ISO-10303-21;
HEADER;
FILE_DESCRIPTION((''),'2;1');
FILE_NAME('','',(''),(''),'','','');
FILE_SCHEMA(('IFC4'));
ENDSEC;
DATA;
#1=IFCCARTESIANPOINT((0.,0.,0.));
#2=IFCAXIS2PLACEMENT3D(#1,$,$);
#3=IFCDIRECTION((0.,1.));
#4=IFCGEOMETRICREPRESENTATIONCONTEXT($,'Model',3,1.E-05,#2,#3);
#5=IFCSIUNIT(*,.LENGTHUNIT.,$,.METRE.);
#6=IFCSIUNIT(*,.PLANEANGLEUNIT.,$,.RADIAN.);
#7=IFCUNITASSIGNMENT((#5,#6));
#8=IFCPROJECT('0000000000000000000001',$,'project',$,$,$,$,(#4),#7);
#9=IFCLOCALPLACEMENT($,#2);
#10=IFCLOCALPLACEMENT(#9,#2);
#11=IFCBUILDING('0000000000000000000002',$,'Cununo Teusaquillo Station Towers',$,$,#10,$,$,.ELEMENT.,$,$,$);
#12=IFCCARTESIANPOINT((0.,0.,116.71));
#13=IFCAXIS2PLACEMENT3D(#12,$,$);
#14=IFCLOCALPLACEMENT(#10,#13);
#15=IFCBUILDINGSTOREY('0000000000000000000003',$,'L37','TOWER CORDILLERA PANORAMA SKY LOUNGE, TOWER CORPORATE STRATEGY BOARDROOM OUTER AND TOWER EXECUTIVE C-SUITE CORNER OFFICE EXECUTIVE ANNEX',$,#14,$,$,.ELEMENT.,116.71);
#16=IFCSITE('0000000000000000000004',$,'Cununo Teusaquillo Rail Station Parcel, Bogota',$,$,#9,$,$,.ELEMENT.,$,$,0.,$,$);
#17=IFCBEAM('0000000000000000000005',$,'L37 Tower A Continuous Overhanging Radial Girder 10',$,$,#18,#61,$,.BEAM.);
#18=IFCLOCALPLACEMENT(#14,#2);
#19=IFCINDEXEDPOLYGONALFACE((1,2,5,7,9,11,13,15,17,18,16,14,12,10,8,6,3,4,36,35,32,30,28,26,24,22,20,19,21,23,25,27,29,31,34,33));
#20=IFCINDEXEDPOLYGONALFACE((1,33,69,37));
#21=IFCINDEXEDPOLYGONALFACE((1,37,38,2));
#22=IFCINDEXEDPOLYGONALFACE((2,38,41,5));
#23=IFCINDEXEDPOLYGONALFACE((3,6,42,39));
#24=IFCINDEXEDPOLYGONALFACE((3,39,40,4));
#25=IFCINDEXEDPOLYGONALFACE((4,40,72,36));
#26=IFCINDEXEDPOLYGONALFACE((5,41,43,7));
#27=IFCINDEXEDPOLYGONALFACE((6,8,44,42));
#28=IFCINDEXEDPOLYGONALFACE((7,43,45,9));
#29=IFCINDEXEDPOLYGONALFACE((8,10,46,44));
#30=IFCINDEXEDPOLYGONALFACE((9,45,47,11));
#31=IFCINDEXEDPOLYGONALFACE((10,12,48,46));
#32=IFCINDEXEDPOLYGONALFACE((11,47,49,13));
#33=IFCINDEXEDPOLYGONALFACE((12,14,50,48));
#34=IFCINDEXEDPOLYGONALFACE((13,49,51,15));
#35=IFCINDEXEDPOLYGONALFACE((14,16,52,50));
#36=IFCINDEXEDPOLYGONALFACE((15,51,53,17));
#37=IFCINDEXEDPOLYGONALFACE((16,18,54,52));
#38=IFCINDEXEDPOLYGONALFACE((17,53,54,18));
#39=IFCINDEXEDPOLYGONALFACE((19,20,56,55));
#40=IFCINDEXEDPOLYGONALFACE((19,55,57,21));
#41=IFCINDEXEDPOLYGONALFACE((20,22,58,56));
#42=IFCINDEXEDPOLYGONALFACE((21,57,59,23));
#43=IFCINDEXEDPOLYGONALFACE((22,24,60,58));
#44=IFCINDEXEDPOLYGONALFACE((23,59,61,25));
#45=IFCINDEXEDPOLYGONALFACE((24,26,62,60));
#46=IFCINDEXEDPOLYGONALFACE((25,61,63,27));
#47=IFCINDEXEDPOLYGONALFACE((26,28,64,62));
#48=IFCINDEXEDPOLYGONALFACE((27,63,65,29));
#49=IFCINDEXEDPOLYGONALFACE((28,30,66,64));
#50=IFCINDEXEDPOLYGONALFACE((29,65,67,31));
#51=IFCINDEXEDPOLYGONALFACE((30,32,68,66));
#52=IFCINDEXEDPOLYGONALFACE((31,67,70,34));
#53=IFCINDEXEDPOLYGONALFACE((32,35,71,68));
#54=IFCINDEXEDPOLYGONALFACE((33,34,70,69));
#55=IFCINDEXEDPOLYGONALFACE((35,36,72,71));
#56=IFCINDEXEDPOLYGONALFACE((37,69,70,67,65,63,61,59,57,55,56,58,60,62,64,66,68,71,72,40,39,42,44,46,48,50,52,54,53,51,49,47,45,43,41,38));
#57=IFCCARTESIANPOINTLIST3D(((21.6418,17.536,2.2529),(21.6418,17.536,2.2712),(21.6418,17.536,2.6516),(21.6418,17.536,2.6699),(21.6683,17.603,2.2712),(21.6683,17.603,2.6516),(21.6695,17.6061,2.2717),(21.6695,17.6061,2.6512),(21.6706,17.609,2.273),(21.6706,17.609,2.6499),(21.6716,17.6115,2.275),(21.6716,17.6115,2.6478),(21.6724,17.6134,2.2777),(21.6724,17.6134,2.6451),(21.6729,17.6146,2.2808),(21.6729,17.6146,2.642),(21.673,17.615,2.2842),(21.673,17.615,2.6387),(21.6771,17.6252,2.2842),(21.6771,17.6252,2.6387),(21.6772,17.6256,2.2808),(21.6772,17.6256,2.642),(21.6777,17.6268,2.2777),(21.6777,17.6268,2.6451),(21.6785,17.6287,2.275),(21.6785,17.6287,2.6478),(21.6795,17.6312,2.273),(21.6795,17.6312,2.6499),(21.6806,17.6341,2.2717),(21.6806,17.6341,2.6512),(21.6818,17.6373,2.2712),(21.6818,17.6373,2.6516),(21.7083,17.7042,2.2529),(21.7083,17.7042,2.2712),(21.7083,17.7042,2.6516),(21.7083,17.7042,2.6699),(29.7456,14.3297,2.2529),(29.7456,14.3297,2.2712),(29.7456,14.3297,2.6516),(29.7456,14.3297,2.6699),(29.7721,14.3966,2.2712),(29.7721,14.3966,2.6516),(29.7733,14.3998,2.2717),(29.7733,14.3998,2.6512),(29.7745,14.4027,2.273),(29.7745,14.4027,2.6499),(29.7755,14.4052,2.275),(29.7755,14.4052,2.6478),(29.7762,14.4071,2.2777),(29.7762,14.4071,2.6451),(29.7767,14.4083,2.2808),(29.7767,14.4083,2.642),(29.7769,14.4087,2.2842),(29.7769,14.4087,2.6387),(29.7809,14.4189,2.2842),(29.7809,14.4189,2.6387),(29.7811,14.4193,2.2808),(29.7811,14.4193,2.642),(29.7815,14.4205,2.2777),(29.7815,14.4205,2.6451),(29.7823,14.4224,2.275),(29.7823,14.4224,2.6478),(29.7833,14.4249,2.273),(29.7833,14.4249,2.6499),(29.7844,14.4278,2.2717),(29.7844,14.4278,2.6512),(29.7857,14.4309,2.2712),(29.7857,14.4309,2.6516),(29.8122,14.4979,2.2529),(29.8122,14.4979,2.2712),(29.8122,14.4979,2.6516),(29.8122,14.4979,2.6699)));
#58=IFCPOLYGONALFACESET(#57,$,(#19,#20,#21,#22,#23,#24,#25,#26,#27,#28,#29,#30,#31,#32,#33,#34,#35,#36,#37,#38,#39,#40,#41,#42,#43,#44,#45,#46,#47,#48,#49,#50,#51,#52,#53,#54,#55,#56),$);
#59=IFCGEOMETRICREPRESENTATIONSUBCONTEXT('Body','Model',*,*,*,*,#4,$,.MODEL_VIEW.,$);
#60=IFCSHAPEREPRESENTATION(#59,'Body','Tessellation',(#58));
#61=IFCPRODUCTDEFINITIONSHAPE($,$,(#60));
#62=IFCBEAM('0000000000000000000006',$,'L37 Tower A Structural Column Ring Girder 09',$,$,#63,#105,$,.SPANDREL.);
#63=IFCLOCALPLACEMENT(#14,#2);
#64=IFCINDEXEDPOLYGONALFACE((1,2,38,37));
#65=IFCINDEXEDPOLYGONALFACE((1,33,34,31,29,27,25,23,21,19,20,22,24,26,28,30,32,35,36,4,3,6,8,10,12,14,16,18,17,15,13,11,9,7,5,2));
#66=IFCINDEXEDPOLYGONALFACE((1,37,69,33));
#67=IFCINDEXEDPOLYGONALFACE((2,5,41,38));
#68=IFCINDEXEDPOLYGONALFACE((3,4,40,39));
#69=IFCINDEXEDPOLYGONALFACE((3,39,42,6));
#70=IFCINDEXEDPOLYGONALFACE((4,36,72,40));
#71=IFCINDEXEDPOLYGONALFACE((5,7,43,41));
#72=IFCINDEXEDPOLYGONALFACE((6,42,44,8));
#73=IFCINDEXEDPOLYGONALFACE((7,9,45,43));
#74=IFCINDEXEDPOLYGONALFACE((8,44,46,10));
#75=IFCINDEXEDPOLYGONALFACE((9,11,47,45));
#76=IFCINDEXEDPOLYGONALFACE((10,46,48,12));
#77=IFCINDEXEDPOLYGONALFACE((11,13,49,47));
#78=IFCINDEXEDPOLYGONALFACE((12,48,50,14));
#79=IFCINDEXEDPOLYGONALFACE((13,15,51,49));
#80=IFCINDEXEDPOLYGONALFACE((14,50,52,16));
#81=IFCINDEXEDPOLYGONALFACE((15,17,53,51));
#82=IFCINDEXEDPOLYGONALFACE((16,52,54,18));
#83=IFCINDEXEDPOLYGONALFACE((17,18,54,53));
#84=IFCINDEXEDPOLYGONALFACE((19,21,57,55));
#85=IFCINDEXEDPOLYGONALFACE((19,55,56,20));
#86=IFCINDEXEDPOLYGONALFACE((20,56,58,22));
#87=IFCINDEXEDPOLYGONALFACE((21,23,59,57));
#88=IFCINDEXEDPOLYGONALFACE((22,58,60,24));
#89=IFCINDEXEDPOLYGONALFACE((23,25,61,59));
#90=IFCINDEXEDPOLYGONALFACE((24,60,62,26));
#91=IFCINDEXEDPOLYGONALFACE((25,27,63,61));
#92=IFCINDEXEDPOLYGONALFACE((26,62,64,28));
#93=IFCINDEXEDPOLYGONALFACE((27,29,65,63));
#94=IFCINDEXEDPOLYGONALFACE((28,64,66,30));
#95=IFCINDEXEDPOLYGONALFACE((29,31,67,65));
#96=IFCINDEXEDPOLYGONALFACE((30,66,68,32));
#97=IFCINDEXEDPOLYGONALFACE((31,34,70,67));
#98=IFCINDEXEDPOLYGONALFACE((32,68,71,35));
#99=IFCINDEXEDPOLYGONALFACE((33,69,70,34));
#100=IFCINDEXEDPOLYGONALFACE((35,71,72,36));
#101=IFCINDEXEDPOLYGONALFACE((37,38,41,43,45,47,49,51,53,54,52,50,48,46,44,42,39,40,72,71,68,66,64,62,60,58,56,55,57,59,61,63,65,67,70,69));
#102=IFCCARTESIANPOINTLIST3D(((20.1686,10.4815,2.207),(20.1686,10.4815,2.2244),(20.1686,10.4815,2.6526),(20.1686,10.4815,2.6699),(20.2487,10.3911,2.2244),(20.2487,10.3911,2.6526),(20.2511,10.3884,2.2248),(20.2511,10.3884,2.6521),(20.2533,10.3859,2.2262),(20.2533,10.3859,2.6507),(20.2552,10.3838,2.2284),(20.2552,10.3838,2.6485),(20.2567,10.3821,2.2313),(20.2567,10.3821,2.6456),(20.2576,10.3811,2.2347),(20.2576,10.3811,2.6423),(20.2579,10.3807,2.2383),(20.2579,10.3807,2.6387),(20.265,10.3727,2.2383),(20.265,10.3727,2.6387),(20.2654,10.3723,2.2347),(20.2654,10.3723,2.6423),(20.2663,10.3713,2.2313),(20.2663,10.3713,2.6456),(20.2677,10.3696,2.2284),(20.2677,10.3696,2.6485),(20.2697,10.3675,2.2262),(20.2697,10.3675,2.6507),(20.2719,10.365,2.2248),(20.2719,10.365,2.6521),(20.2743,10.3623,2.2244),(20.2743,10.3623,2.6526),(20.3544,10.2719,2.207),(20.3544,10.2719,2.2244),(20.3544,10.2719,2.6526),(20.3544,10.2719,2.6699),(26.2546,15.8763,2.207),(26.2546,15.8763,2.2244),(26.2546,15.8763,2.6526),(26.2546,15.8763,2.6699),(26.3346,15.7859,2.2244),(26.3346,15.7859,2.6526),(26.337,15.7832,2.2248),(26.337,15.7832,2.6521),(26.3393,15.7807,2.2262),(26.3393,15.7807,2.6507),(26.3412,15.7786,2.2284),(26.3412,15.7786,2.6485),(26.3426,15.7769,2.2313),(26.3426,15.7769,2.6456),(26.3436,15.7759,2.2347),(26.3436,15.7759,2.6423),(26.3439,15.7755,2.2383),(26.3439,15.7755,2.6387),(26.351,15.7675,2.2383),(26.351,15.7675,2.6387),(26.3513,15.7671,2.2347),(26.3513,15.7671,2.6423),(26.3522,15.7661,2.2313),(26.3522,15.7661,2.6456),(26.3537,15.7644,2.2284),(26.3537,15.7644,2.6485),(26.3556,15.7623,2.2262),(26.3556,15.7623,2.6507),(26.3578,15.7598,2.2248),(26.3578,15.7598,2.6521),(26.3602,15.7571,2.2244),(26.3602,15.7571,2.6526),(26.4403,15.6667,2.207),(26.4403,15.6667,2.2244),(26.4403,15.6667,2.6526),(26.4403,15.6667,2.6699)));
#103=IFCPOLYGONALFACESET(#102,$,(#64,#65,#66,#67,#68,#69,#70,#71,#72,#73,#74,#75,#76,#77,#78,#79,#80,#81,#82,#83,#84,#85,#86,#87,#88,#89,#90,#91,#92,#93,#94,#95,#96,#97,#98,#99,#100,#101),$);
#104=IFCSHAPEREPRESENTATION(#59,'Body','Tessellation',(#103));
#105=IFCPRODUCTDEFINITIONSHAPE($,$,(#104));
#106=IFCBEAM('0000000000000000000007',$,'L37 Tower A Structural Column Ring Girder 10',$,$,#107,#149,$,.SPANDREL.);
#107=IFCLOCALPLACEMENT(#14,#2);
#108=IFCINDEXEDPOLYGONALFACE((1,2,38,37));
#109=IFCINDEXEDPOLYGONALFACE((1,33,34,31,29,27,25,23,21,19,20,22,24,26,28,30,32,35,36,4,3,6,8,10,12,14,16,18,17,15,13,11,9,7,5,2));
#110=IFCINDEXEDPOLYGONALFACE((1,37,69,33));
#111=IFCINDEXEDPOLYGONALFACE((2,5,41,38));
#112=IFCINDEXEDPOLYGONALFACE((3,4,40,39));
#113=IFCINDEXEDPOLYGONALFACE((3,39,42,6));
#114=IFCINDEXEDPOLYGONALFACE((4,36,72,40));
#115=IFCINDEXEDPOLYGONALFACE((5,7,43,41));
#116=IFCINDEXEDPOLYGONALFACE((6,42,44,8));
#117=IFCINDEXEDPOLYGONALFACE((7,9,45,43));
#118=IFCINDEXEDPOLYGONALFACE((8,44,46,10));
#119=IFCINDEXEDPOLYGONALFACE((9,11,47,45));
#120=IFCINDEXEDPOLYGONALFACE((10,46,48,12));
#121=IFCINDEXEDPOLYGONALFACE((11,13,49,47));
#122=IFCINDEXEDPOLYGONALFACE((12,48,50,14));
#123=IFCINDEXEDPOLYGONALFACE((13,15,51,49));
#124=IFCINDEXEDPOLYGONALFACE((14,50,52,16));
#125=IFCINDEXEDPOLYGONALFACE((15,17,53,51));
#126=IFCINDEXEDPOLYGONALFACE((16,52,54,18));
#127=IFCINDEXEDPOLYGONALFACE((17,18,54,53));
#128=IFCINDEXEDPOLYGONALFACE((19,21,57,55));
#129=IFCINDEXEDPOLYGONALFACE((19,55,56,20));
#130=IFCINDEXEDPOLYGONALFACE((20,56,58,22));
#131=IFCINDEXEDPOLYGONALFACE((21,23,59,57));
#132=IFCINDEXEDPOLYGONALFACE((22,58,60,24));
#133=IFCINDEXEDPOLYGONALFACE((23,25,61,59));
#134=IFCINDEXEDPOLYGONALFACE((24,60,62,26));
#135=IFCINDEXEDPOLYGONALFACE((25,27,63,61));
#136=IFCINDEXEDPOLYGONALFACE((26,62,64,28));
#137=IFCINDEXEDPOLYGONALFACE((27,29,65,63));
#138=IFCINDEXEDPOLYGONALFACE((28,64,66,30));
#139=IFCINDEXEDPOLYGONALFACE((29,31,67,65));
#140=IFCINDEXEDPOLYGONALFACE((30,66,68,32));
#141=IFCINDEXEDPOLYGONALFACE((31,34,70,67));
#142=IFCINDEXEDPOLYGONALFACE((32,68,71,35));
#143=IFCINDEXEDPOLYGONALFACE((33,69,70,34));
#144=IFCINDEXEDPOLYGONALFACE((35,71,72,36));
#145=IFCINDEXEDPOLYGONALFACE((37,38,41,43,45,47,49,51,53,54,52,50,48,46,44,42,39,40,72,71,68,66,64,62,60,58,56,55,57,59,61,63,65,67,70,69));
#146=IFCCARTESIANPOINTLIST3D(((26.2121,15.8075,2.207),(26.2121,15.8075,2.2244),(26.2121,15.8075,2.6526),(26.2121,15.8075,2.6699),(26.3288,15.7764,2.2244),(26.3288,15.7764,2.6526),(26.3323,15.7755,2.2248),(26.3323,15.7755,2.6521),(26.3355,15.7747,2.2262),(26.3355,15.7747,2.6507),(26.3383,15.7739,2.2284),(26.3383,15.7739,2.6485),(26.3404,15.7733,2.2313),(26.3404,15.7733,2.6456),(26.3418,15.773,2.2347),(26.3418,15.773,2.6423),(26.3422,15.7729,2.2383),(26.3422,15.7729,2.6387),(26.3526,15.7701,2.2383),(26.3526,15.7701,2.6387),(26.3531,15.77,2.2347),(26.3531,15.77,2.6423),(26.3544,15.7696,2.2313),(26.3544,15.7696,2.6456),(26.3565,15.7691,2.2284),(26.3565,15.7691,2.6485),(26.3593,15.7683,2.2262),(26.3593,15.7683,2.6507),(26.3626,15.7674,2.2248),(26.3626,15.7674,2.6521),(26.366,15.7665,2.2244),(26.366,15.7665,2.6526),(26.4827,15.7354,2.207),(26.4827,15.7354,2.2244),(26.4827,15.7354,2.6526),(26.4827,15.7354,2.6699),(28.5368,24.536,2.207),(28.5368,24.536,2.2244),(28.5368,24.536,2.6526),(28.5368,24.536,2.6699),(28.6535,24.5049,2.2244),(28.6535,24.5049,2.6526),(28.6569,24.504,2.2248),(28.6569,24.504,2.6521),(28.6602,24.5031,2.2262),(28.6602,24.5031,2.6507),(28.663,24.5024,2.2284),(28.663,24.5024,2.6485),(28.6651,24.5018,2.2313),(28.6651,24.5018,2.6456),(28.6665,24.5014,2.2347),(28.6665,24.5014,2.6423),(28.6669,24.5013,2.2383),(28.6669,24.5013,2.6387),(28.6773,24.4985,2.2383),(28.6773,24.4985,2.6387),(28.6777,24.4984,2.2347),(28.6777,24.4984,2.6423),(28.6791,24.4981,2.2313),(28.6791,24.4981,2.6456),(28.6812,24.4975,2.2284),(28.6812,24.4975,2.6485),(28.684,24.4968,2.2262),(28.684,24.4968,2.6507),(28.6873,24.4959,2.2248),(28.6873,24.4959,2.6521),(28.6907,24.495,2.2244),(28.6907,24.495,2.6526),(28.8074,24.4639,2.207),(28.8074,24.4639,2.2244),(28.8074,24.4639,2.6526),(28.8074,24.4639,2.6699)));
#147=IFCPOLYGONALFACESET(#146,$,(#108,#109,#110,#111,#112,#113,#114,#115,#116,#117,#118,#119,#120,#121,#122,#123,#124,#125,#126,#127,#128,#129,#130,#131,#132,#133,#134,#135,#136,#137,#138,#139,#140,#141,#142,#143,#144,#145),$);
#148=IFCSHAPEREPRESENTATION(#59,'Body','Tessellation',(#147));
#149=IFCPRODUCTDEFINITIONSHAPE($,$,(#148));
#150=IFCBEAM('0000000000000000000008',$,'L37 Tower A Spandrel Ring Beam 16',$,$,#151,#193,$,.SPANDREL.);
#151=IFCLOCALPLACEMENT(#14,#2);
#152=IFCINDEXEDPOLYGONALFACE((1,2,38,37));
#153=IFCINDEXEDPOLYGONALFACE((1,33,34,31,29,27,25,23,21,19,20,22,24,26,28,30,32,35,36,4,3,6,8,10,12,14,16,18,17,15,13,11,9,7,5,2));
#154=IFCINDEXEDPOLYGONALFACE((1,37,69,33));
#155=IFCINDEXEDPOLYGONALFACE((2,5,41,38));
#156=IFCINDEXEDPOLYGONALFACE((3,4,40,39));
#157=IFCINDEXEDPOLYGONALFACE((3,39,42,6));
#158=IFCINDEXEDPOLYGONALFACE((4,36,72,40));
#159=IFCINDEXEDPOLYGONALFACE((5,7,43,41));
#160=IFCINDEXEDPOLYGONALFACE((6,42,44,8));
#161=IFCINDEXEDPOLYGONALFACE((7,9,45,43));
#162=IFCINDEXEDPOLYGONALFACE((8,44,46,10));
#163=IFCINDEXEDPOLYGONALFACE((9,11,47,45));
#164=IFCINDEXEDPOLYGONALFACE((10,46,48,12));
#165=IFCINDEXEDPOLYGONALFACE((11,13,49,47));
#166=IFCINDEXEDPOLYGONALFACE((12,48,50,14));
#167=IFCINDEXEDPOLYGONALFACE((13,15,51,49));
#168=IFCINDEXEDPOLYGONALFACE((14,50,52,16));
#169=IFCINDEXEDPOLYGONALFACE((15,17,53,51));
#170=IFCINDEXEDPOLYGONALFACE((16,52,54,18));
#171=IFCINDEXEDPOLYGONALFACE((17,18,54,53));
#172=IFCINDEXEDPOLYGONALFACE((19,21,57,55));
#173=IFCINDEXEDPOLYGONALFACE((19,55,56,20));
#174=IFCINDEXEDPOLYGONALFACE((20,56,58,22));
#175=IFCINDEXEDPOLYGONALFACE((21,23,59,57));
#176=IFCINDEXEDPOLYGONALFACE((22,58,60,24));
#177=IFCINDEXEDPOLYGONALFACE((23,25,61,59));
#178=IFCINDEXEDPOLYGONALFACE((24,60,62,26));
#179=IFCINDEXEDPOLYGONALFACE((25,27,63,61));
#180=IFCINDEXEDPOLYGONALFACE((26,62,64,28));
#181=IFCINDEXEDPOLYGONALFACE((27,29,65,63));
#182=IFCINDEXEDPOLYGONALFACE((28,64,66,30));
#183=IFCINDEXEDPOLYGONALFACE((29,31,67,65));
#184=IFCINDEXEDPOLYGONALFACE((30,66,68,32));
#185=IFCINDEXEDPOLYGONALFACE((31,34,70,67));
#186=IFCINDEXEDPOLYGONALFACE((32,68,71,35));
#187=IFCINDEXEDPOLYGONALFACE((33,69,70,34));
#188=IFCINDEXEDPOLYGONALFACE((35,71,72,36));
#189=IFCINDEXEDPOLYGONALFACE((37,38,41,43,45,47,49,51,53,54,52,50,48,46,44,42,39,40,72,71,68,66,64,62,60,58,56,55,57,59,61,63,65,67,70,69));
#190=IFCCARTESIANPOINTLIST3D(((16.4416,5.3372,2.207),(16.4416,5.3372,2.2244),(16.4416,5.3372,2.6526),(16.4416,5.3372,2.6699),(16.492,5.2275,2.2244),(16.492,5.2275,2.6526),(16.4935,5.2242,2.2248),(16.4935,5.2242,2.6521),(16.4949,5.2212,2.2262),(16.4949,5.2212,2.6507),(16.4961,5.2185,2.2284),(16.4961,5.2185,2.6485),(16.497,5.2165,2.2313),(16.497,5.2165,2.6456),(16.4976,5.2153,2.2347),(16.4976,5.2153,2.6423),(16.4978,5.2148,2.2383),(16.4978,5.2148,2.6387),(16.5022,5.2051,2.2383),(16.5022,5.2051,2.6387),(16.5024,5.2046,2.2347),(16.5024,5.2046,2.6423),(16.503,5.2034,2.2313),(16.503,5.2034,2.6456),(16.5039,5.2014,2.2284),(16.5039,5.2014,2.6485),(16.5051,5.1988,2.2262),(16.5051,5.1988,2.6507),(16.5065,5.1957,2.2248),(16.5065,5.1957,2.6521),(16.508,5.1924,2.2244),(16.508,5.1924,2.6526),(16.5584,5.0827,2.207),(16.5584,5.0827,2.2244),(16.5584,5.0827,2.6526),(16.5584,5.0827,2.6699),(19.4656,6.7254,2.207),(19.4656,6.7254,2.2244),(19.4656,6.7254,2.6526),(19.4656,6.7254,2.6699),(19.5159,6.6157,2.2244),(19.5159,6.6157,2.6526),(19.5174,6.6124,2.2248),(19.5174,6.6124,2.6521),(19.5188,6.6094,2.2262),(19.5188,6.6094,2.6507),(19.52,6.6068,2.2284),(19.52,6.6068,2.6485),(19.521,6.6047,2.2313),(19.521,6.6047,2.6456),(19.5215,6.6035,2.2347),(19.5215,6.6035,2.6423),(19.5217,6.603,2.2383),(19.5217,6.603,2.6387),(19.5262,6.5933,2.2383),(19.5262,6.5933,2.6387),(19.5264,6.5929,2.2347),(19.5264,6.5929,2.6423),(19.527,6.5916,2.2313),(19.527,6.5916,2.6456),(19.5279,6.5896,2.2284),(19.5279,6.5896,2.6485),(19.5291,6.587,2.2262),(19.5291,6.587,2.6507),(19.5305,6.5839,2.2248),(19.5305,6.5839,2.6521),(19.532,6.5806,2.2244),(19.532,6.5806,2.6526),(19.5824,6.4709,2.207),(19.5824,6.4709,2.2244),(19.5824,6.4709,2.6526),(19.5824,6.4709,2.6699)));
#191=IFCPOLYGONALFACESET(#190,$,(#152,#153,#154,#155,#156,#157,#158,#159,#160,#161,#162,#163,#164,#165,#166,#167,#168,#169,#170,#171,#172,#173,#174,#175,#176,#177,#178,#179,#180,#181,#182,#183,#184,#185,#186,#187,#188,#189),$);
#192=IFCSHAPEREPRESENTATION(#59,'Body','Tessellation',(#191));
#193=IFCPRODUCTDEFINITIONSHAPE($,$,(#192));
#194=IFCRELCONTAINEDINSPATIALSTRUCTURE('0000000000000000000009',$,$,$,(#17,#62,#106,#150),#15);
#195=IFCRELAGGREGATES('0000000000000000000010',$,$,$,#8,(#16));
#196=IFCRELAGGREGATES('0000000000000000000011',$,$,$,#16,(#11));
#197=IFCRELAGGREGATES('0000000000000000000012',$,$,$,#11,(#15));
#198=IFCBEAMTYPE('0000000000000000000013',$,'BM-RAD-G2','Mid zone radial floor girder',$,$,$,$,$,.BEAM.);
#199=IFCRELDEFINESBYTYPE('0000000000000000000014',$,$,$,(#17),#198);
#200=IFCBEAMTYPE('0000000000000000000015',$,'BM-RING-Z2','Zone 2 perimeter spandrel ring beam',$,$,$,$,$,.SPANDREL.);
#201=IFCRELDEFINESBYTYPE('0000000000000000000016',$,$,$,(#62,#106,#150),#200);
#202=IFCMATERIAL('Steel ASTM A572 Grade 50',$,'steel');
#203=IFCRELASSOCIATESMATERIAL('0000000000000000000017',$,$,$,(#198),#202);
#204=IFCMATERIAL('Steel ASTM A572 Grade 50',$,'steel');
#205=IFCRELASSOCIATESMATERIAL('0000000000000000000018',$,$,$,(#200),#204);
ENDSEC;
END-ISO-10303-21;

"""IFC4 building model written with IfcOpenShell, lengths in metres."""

from ifc_helpers import new_model, si_unit, direction, frame, origin, origin_2d, place, context, subcontext, project, spatial, i_section, extrude, material, material_profile, profile_set, type_object, element, save


model = new_model("IFC4")

# Units and contexts
model_context = context("Model", 3, precision=1e-05, world=origin(), true_north=direction((0.0, 1.0)))
body_context = subcontext(model_context, "Body", "Model", "MODEL_VIEW")
ifc_project = project(units=[si_unit("LENGTHUNIT", "METRE"), si_unit("PLANEANGLEUNIT", "RADIAN")], contexts=[model_context])

# Site, building, storey
site_placement = place(None, origin())
site = spatial("IfcSite", under=ifc_project, at=site_placement, Name="Cununo Teusaquillo Rail Station Parcel, Bogota", CompositionType="ELEMENT", RefElevation=0.0)
building_placement = place(site_placement, origin())
building = spatial("IfcBuilding", under=site, at=building_placement, Name="Cununo Teusaquillo Station Towers", CompositionType="ELEMENT")
storey_placement = place(building_placement, frame((0.0, 0.0, 116.71)))
storey = spatial("IfcBuildingStorey", under=building, at=storey_placement, Name="L37", Description="TOWER CORDILLERA PANORAMA SKY LOUNGE, TOWER CORPORATE STRATEGY BOARDROOM OUTER AND TOWER EXECUTIVE C-SUITE CORNER OFFICE EXECUTIVE ANNEX", CompositionType="ELEMENT", Elevation=116.71)

# Beams
ifc_material_1 = material(Name="Steel ASTM A572 Grade 50", Category="steel")
ifc_material_profile_1 = material_profile(ifc_material_1, i_section(OverallWidth=0.1809, OverallDepth=0.417, WebThickness=0.011, FlangeThickness=0.0183, FilletRadius=0.0129, at=origin_2d()), Name="W16X57")
ifc_profile_set_1 = profile_set([ifc_material_profile_1], Name="Steel ASTM A572 Grade 50")
beam_type_1 = type_object("IfcBeamType", Name="BM-RAD-G2", Description="Mid zone radial floor girder", PredefinedType="BEAM", material=ifc_profile_set_1)
beam_1_placement = place(storey_placement, frame((21.675, 17.6201, 2.4614), z_axis=(0.929863, -0.367906, 0.0), x_axis=(0.367906, 0.929863, 0.0)))
element("IfcBeam", 1, at=beam_1_placement, inside=storey, type_object=beam_type_1, Name="L37 Tower A Continuous Overhanging Radial Girder 10", PredefinedType="BEAM", context=body_context, shape_type="SweptSolid", body=[
    extrude(i_section(OverallWidth=0.1809, OverallDepth=0.417, WebThickness=0.011, FlangeThickness=0.0183, FilletRadius=0.0129, at=origin_2d()), origin(), (0.0, 0.0, 1.0), 8.7151),
])
ifc_material_2 = material(Name="Steel ASTM A572 Grade 50", Category="steel")
ifc_material_profile_2 = material_profile(ifc_material_2, i_section(OverallWidth=0.28, OverallDepth=0.4629, WebThickness=0.0107, FlangeThickness=0.0173, FilletRadius=0.0139, at=origin_2d()), Name="W18X76")
ifc_profile_set_2 = profile_set([ifc_material_profile_2], Name="Steel ASTM A572 Grade 50")
beam_type_2 = type_object("IfcBeamType", Name="BM-RING-Z2", Description="Zone 2 perimeter spandrel ring beam", PredefinedType="SPANDREL", material=ifc_profile_set_2)
beam_2_placement = place(storey_placement, frame((20.2615, 10.3767, 2.4385), z_axis=(0.748321, 0.663337, 0.0), x_axis=(-0.663337, 0.748321, 0.0)))
element("IfcBeam", 2, at=beam_2_placement, inside=storey, type_object=beam_type_2, Name="L37 Tower A Structural Column Ring Girder 09", PredefinedType="SPANDREL", context=body_context, shape_type="SweptSolid", body=[
    extrude(i_section(OverallWidth=0.28, OverallDepth=0.4629, WebThickness=0.0107, FlangeThickness=0.0173, FilletRadius=0.0139, at=origin_2d()), origin(), (0.0, 0.0, 1.0), 8.1328),
])
beam_3_placement = place(storey_placement, frame((26.3474, 15.7715, 2.4385), z_axis=(0.257363, 0.966315, 0.0), x_axis=(-0.966315, 0.257363, 0.0)))
element("IfcBeam", 3, at=beam_3_placement, inside=storey, type_object=beam_type_2, Name="L37 Tower A Structural Column Ring Girder 10", PredefinedType="SPANDREL", context=body_context, shape_type="SweptSolid", body=[
    extrude(i_section(OverallWidth=0.28, OverallDepth=0.4629, WebThickness=0.0107, FlangeThickness=0.0173, FilletRadius=0.0139, at=origin_2d()), origin(), (0.0, 0.0, 1.0), 9.0327),
])
beam_4_placement = place(storey_placement, frame((16.5, 5.21, 2.4385), z_axis=(0.908812, 0.417205, 0.0), x_axis=(-0.417205, 0.908812, 0.0)))
element("IfcBeam", 4, at=beam_4_placement, inside=storey, type_object=beam_type_2, Name="L37 Tower A Spandrel Ring Beam 16", PredefinedType="SPANDREL", context=body_context, shape_type="SweptSolid", body=[
    extrude(i_section(OverallWidth=0.28, OverallDepth=0.4629, WebThickness=0.0107, FlangeThickness=0.0173, FilletRadius=0.0139, at=origin_2d()), origin(), (0.0, 0.0, 1.0), 3.3274),
])

save(model, "model.ifc")
